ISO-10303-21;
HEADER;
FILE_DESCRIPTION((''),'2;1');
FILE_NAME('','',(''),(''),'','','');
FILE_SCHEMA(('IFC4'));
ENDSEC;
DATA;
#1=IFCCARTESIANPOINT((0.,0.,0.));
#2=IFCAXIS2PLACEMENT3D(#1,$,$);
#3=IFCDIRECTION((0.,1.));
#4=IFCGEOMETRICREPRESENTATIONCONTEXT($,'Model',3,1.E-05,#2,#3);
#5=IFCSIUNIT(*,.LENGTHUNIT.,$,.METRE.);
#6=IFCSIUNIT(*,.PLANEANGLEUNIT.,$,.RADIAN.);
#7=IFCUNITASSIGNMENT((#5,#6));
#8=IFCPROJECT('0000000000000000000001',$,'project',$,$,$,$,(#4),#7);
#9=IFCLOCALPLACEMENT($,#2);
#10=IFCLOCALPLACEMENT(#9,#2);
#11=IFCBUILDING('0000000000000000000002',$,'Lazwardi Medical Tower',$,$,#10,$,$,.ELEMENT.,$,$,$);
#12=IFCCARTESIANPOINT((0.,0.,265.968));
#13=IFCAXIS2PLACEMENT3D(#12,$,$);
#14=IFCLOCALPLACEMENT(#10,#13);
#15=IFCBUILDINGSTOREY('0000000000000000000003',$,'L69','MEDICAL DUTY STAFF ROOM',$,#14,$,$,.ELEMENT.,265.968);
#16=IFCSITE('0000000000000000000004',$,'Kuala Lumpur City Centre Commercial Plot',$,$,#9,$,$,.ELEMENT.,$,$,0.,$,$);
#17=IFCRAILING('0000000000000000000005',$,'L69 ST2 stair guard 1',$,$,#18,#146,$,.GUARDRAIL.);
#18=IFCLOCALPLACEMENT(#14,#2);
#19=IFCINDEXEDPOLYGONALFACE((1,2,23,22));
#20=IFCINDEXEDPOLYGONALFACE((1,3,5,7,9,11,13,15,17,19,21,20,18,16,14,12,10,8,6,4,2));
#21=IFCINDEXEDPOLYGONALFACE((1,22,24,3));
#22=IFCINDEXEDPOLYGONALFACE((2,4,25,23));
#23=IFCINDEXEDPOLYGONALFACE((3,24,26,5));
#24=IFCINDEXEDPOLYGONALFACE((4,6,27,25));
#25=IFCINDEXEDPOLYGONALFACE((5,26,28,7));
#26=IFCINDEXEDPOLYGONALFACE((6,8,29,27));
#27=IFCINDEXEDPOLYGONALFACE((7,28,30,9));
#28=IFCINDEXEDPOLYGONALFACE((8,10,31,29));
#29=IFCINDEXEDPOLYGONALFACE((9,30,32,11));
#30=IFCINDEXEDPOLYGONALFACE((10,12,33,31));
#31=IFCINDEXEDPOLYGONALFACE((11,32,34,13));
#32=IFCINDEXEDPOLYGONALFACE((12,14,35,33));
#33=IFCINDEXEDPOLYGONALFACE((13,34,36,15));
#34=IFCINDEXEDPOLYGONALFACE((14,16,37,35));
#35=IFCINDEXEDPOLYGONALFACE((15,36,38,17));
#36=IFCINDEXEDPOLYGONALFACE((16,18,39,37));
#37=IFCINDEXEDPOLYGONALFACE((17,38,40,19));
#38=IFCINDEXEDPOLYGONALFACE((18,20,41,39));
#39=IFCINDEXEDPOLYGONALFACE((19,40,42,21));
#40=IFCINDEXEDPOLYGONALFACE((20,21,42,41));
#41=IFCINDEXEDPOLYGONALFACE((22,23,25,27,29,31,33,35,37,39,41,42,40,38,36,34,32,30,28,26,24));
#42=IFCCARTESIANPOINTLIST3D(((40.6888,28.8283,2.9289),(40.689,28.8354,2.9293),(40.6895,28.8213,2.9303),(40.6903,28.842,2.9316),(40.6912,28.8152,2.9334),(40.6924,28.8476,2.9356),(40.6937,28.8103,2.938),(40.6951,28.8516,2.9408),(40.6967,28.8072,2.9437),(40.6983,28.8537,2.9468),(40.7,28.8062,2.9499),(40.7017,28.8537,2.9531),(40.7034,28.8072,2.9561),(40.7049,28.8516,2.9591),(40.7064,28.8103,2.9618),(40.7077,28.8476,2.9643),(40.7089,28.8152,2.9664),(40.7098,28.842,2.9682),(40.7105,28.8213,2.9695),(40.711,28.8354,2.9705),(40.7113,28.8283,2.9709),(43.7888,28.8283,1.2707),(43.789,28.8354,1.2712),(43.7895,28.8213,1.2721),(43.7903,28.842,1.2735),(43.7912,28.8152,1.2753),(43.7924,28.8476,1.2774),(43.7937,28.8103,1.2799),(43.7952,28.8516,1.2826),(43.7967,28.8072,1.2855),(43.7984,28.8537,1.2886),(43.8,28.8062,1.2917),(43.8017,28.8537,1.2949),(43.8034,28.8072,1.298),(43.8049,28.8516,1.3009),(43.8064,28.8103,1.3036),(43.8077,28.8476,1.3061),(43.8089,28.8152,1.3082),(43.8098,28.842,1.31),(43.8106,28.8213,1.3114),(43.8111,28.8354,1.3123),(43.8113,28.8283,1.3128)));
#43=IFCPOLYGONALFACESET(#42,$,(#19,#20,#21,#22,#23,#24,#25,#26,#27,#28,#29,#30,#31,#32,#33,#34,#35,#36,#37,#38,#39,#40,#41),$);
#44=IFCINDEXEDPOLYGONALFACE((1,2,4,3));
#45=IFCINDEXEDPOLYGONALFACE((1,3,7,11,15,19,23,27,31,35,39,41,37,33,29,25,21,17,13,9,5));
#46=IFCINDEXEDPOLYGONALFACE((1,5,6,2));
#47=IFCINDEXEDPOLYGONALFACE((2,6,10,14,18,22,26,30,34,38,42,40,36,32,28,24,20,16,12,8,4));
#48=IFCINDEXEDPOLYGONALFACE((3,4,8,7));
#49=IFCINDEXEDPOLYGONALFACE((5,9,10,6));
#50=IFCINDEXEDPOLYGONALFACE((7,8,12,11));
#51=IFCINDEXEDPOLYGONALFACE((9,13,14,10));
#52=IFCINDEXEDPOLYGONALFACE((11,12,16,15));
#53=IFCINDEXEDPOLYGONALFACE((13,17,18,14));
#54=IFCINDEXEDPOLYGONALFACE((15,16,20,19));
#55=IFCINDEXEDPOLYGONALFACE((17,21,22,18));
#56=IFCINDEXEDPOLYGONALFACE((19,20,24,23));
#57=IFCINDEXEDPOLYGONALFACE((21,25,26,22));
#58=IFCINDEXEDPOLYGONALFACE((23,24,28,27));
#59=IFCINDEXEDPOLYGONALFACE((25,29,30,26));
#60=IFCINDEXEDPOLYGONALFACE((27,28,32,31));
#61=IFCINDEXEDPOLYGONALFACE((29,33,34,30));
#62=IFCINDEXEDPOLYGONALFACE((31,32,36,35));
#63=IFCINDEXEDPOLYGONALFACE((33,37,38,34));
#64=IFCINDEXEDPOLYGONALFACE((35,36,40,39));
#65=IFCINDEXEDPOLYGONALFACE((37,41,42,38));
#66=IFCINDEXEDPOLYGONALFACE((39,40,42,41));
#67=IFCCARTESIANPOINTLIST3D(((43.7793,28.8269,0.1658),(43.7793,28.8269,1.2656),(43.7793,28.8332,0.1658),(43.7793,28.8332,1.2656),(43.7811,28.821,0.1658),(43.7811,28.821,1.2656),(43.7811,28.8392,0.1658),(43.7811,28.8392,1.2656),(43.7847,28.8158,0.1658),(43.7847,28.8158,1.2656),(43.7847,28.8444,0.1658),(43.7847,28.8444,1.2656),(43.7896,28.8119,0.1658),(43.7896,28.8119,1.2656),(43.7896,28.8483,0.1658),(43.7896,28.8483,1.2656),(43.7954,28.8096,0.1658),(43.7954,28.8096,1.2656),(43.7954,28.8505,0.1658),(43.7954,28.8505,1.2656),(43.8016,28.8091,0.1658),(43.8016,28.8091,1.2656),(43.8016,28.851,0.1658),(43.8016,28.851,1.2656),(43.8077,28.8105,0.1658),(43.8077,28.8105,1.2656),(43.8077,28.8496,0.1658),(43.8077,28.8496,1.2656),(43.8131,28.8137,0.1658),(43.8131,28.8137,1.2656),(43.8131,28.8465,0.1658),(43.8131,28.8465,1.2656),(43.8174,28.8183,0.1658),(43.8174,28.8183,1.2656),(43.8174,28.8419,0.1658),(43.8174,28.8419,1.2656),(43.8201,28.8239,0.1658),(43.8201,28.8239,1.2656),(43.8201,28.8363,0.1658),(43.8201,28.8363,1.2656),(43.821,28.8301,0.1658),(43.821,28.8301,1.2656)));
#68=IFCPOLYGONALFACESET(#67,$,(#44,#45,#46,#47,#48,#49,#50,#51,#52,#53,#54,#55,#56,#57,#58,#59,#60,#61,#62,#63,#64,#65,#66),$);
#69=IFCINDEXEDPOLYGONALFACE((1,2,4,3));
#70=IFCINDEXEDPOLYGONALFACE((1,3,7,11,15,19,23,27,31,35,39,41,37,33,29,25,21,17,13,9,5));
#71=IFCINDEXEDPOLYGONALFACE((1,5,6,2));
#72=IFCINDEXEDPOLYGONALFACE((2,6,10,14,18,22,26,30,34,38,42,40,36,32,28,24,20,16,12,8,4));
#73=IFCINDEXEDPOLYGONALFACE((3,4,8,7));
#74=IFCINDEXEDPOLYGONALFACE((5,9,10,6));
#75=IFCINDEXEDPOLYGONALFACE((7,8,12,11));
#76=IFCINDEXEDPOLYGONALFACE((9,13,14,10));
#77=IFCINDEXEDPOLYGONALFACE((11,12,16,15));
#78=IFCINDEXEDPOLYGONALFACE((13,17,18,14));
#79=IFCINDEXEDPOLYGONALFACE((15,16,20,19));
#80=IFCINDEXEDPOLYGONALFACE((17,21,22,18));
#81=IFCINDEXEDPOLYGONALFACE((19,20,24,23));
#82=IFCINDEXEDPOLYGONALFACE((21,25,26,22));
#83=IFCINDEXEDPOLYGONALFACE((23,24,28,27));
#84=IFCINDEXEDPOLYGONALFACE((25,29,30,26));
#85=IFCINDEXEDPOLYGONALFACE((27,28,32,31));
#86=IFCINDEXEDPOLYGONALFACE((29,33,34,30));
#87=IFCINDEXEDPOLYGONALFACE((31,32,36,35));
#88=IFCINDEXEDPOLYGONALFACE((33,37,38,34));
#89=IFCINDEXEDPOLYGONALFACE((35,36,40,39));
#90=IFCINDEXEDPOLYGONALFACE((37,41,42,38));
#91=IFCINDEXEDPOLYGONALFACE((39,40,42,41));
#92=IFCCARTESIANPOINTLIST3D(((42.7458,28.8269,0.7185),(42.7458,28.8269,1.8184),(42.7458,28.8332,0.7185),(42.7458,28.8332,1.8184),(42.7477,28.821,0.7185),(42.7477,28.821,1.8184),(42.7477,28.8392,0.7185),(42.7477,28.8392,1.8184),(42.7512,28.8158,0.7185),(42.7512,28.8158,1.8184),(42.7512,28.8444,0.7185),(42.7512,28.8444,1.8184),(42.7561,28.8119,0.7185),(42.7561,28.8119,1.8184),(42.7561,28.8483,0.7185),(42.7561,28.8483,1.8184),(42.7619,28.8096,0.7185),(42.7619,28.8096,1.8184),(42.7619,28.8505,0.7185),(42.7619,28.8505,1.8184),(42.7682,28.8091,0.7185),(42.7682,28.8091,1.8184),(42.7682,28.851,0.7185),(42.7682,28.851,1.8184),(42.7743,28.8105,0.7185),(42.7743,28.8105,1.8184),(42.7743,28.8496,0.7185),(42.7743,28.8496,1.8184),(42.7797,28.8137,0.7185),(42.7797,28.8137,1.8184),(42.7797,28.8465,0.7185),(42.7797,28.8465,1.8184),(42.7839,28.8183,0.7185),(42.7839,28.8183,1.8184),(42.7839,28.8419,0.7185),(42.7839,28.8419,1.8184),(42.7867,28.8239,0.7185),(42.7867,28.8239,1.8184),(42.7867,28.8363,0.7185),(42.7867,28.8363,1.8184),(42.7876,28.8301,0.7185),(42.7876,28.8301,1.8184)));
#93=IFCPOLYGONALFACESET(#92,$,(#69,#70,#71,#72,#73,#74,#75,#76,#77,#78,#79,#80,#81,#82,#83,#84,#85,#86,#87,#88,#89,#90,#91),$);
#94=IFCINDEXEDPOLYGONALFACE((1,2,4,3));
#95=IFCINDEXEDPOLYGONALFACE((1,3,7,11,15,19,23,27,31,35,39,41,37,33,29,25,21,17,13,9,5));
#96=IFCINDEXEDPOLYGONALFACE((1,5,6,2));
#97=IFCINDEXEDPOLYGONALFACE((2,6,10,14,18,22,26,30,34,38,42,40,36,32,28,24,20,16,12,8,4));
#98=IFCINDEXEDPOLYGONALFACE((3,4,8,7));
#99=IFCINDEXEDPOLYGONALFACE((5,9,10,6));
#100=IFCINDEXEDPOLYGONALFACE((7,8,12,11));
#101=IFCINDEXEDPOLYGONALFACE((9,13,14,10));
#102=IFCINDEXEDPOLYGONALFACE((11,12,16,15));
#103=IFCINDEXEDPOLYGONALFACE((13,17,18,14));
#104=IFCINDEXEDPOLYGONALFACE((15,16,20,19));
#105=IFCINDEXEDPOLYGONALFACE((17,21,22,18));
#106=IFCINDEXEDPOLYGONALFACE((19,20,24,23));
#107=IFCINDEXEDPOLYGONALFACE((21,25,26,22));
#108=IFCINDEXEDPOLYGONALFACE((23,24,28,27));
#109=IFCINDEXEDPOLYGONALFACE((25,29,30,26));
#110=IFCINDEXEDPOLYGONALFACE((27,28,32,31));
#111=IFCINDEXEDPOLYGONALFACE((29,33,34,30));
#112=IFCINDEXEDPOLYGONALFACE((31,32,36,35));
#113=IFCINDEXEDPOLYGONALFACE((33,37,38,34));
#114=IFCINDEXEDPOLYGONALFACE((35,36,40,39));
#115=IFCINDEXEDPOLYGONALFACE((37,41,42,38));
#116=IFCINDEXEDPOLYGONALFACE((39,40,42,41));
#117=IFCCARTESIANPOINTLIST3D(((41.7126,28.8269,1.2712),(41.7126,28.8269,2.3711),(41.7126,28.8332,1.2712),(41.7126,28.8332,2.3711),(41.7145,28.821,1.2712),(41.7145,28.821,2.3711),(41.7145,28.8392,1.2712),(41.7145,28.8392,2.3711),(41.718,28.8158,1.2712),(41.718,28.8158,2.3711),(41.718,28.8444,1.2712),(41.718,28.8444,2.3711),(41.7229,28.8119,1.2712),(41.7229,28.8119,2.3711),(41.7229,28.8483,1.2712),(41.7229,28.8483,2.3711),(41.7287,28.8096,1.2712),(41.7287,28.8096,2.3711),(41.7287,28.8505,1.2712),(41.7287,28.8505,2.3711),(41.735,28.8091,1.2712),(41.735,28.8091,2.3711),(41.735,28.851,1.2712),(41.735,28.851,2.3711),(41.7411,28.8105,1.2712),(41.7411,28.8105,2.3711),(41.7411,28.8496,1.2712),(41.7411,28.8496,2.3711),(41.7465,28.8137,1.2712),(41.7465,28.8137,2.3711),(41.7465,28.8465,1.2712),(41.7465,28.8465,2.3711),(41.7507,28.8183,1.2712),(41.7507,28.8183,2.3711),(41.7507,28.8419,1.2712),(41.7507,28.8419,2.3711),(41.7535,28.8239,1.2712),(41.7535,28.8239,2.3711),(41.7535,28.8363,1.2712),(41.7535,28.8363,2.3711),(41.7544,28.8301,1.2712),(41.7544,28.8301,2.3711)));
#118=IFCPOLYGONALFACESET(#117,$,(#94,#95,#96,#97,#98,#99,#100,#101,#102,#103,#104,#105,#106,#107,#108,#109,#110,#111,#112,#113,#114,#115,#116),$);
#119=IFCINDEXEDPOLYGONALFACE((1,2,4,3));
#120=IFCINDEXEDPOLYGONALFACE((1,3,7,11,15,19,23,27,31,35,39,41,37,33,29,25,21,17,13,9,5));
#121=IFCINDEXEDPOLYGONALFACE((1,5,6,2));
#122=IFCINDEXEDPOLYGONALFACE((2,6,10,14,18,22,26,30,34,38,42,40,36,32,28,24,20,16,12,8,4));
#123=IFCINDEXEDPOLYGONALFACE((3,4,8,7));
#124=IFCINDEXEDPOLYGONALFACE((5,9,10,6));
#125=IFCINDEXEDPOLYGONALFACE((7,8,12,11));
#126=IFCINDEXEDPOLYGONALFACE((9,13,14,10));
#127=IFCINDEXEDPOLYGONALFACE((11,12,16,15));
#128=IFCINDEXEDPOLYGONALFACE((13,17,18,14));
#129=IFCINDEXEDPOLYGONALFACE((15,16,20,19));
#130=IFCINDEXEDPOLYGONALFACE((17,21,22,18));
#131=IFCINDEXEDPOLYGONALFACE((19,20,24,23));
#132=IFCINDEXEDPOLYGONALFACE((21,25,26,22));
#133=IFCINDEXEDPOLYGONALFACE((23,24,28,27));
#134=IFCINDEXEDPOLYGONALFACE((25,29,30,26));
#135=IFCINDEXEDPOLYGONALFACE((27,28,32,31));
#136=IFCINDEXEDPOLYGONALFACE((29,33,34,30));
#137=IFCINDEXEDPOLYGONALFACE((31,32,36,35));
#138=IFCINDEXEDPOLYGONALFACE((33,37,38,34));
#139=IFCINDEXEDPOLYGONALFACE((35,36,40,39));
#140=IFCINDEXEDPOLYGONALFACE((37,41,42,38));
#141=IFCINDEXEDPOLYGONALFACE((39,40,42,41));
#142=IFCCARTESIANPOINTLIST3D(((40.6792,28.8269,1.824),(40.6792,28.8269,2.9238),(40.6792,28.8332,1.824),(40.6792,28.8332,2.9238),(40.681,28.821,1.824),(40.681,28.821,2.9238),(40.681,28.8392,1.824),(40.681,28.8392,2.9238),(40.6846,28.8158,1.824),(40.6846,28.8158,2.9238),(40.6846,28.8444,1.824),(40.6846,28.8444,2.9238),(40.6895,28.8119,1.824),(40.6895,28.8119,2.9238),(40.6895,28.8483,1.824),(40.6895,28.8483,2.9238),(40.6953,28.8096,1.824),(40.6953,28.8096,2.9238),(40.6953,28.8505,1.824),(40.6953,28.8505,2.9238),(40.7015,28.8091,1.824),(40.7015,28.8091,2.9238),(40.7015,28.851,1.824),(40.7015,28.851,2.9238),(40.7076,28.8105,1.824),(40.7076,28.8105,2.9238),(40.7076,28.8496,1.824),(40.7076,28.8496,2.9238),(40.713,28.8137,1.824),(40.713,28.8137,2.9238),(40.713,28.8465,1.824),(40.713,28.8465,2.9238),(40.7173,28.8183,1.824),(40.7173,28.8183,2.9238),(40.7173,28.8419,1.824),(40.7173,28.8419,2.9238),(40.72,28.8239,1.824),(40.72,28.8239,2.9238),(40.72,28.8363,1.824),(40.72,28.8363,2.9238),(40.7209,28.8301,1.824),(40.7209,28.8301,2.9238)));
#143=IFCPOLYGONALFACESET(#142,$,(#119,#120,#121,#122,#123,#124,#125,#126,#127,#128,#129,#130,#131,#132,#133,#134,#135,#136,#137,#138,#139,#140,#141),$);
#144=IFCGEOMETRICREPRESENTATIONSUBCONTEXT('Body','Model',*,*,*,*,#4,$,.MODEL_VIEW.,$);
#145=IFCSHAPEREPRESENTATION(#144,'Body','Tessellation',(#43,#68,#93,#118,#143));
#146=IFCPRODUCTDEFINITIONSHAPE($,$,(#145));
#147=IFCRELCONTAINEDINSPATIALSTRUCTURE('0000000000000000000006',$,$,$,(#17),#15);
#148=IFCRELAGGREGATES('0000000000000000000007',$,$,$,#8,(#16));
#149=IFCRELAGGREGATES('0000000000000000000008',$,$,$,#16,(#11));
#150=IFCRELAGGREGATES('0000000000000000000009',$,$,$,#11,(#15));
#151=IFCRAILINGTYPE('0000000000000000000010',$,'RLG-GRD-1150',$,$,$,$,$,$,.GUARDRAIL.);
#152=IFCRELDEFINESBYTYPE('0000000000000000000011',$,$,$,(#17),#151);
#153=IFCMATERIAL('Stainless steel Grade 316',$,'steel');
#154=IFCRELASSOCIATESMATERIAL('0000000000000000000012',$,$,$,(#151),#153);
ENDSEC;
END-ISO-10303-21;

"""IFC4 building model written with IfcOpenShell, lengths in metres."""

from ifc_helpers import new_model, si_unit, direction, frame, origin, origin_2d, place, context, subcontext, project, spatial, circle, extrude, material, type_object, element, save


model = new_model("IFC4")

# Units and contexts
model_context = context("Model", 3, precision=1e-05, world=origin(), true_north=direction((0.0, 1.0)))
body_context = subcontext(model_context, "Body", "Model", "MODEL_VIEW")
ifc_project = project(units=[si_unit("LENGTHUNIT", "METRE"), si_unit("PLANEANGLEUNIT", "RADIAN")], contexts=[model_context])

# Site, building, storey
site_placement = place(None, origin())
site = spatial("IfcSite", under=ifc_project, at=site_placement, Name="Kuala Lumpur City Centre Commercial Plot", CompositionType="ELEMENT", RefElevation=0.0)
building_placement = place(site_placement, origin())
building = spatial("IfcBuilding", under=site, at=building_placement, Name="Lazwardi Medical Tower", CompositionType="ELEMENT")
storey_placement = place(building_placement, frame((0.0, 0.0, 265.968)))
storey = spatial("IfcBuildingStorey", under=building, at=storey_placement, Name="L69", Description="MEDICAL DUTY STAFF ROOM", CompositionType="ELEMENT", Elevation=265.968)

# Railing
ifc_material_1 = material(Name="Stainless steel Grade 316", Category="steel")
railing_type_1 = type_object("IfcRailingType", Name="RLG-GRD-1150", PredefinedType="GUARDRAIL", material=ifc_material_1)
railing_1_placement = place(storey_placement, frame((43.8, 28.8301, 0.1658)))
element("IfcRailing", 1, at=railing_1_placement, inside=storey, type_object=railing_type_1, Name="L69 ST2 stair guard 1", PredefinedType="GUARDRAIL", context=body_context, shape_type="SweptSolid", body=[
    extrude(circle(Radius=0.0239, at=origin_2d()), frame((0.0, 0.0, 1.126), z_axis=(-0.881783, 0.0, 0.471655), x_axis=(0.0, -1.0, 0.0)), (0.0, 0.0, 1.0), 3.5156),
    extrude(circle(Radius=0.021, at=origin_2d()), origin(), (0.0, 0.0, 1.0), 1.0999),
    extrude(circle(Radius=0.021, at=origin_2d()), frame((-1.0334, 0.0, 0.5527)), (0.0, 0.0, 1.0), 1.0999),
    extrude(circle(Radius=0.021, at=origin_2d()), frame((-2.0667, 0.0, 1.1055)), (0.0, 0.0, 1.0), 1.0999),
    extrude(circle(Radius=0.021, at=origin_2d()), frame((-3.1001, 0.0, 1.6582)), (0.0, 0.0, 1.0), 1.0999),
])

save(model, "model.ifc")
